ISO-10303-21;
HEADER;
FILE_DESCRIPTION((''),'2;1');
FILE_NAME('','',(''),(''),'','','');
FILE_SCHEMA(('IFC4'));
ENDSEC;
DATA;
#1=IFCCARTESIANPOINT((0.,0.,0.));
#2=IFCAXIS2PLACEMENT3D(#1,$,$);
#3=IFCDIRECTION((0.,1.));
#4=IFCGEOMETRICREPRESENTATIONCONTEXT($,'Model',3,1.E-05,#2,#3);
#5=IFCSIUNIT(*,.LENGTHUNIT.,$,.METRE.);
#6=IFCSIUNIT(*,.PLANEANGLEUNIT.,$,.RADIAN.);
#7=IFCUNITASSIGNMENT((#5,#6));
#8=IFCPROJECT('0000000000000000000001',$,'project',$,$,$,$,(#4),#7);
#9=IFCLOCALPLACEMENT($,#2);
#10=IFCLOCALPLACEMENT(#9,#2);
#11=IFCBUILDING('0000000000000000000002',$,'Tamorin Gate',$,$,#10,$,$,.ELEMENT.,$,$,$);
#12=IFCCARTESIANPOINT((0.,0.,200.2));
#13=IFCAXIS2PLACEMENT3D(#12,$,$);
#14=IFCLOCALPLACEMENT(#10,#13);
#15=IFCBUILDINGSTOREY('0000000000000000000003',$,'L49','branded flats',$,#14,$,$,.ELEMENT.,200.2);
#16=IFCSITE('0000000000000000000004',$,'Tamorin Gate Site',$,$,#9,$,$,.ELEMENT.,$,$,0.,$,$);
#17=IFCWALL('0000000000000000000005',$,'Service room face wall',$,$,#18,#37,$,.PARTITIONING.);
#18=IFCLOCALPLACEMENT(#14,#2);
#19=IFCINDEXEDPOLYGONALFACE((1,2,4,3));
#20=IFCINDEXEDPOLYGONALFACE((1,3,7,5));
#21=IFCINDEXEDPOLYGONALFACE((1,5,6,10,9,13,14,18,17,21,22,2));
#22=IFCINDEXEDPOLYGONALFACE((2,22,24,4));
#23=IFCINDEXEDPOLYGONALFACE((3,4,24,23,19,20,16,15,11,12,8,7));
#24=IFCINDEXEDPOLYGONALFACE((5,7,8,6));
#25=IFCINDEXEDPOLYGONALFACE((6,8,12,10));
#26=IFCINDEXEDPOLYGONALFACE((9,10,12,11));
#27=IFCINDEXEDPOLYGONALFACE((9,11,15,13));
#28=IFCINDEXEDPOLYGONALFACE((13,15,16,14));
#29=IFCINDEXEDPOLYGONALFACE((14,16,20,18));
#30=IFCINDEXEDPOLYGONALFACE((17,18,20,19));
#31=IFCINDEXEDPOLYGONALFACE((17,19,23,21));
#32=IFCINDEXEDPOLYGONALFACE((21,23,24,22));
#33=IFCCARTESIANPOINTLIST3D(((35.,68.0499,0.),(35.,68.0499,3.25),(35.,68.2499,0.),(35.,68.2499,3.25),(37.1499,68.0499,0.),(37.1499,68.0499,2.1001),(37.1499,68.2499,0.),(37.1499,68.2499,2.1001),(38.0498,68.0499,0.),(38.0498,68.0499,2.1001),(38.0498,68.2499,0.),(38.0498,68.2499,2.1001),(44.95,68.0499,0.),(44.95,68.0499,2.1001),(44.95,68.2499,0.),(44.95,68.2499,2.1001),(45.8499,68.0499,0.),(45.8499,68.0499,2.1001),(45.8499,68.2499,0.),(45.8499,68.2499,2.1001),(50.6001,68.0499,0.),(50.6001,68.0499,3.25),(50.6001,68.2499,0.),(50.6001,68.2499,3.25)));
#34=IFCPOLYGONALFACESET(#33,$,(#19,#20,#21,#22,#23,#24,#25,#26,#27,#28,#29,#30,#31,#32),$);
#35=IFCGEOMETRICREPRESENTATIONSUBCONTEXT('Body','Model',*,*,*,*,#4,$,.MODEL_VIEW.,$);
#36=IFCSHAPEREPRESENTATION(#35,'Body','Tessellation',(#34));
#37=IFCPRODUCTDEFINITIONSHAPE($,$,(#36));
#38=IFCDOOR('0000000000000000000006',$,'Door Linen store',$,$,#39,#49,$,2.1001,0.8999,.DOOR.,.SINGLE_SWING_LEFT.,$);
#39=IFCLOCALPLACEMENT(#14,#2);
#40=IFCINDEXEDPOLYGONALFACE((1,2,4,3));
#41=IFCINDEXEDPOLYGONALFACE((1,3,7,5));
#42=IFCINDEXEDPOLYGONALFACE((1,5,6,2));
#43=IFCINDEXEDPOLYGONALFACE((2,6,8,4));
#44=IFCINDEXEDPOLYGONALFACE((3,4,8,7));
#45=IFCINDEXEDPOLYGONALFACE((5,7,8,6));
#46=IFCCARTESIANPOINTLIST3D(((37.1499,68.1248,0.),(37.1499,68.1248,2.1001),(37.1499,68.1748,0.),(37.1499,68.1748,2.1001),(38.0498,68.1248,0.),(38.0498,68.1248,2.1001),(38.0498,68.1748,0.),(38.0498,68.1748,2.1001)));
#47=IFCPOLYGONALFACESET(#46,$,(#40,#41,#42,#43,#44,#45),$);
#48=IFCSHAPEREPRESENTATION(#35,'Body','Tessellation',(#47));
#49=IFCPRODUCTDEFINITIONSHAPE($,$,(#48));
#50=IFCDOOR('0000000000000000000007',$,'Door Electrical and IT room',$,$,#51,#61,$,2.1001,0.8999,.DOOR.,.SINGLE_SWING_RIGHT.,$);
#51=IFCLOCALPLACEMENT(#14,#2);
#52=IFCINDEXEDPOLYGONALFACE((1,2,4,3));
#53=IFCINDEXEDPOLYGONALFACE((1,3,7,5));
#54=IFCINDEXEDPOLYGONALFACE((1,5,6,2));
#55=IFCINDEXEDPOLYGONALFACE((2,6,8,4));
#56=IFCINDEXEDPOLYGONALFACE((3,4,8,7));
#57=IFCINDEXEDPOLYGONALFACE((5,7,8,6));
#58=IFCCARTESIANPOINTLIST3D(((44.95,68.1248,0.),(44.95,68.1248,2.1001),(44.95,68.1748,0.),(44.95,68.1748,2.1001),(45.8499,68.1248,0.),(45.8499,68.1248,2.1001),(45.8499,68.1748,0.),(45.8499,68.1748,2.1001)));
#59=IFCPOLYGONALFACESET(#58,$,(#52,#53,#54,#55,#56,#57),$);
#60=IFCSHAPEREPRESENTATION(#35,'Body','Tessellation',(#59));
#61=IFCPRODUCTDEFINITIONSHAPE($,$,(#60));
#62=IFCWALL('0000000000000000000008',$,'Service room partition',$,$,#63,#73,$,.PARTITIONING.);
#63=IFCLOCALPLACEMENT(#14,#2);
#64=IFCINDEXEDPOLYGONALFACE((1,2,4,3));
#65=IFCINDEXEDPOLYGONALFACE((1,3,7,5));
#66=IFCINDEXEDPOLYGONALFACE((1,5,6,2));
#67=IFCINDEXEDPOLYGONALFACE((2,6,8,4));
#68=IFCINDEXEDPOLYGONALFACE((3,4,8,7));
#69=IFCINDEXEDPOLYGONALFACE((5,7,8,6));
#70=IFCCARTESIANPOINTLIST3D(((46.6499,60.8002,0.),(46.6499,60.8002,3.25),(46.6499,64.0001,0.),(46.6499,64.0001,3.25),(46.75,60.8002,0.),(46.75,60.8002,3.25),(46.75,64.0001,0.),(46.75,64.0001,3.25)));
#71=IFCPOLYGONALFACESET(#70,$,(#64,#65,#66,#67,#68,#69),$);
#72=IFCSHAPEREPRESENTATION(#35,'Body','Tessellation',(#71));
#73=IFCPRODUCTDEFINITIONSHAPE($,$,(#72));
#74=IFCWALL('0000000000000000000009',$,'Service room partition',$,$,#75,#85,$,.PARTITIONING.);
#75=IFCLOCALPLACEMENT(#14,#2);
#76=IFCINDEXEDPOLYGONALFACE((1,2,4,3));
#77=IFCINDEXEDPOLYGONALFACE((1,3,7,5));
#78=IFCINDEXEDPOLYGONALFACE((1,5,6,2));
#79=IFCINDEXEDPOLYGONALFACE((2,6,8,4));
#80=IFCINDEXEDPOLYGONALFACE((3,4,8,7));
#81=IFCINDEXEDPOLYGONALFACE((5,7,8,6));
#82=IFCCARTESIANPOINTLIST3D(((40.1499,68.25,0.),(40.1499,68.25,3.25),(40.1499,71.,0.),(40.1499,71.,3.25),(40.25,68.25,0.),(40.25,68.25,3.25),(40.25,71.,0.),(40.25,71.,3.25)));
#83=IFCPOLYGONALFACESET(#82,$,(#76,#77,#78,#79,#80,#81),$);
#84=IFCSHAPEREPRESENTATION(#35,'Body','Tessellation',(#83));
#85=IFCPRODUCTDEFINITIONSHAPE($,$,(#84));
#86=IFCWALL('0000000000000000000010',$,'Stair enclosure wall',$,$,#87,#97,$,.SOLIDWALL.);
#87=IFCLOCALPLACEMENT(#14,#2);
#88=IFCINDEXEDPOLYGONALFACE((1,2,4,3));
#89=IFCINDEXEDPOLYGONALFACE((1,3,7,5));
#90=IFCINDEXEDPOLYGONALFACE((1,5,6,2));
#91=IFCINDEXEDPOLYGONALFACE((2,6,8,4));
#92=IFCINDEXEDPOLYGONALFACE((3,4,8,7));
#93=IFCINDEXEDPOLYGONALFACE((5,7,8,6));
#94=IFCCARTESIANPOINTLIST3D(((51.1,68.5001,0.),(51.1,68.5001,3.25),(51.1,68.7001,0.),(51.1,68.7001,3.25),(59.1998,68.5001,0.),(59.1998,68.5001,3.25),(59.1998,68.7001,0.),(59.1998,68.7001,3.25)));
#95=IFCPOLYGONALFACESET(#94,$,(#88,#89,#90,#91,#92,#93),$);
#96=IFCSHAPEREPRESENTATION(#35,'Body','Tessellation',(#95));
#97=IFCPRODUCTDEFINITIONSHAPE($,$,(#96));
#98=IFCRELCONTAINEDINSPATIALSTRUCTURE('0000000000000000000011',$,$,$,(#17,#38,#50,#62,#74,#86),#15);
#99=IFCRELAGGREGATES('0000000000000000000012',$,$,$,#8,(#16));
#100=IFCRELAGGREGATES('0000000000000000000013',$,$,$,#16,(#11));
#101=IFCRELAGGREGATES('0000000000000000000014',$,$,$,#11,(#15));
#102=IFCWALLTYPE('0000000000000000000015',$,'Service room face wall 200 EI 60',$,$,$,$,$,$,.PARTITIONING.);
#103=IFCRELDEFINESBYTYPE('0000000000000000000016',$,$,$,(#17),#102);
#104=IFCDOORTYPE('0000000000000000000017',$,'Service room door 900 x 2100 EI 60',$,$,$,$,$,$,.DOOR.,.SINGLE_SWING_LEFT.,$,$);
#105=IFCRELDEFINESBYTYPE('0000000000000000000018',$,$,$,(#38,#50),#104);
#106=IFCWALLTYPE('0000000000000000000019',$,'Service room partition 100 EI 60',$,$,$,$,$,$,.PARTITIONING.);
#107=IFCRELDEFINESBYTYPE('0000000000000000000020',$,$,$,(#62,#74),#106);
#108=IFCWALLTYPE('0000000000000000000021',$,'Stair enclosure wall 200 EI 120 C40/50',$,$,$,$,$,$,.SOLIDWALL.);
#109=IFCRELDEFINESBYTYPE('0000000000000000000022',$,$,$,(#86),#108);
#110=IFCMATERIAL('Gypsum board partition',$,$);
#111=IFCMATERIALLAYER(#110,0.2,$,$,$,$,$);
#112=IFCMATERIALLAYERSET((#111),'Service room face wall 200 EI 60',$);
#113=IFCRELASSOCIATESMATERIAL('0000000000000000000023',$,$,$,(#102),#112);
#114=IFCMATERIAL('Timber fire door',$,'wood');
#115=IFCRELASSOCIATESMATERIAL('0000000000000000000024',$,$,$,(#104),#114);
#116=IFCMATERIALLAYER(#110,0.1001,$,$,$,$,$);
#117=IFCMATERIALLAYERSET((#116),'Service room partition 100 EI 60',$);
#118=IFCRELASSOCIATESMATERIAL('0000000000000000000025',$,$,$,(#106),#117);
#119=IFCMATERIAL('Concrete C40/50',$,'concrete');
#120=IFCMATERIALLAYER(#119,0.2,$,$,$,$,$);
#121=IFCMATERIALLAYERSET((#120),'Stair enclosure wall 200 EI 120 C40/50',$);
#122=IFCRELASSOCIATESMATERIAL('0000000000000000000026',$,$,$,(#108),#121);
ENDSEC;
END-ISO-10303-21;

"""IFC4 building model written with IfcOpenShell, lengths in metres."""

from ifc_helpers import new_model, si_unit, direction, frame, frame_2d, origin, place, context, subcontext, project, spatial, rectangle, extrude, material, layer, layer_set, type_object, element, fill, save


model = new_model("IFC4")

# Units and contexts
model_context = context("Model", 3, precision=1e-05, world=origin(), true_north=direction((0.0, 1.0)))
body_context = subcontext(model_context, "Body", "Model", "MODEL_VIEW")
ifc_project = project(units=[si_unit("LENGTHUNIT", "METRE"), si_unit("PLANEANGLEUNIT", "RADIAN")], contexts=[model_context])

# Site, building, storey
site_placement = place(None, origin())
site = spatial("IfcSite", under=ifc_project, at=site_placement, Name="Tamorin Gate Site", CompositionType="ELEMENT", RefElevation=0.0)
building_placement = place(site_placement, origin())
building = spatial("IfcBuilding", under=site, at=building_placement, Name="Tamorin Gate", CompositionType="ELEMENT")
storey_placement = place(building_placement, frame((0.0, 0.0, 200.2)))
storey = spatial("IfcBuildingStorey", under=building, at=storey_placement, Name="L49", Description="branded flats", CompositionType="ELEMENT", Elevation=200.2)

# Wall, openings, doors
ifc_material_1 = material(Name="Gypsum board partition")
ifc_layer_1 = layer(ifc_material_1, 0.2)
ifc_layer_set_1 = layer_set([ifc_layer_1], Name="Service room face wall 200 EI 60")
wall_type_1 = type_object("IfcWallType", Name="Service room face wall 200 EI 60", PredefinedType="PARTITIONING", material=ifc_layer_set_1)
ifc_material_2 = material(Name="Timber fire door", Category="wood")
door_type = type_object("IfcDoorType", Name="Service room door 900 x 2100 EI 60", OperationType="SINGLE_SWING_LEFT", PredefinedType="DOOR", material=ifc_material_2)
wall_1_placement = place(storey_placement, frame((35.0, 68.1499, 0.0), z_axis=(0.0, 0.0, 1.0), x_axis=(1.0, 0.0, 0.0)))
wall_1 = element("IfcWall", 1, at=wall_1_placement, inside=storey, type_object=wall_type_1, Name="Service room face wall", PredefinedType="PARTITIONING", context=body_context, shape_type="SweptSolid", body=[
    extrude(rectangle(XDim=15.6001, YDim=0.2, at=frame_2d((7.8, 0.0))), origin(), (0.0, 0.0, 1.0), 3.25),
])
opening_1_placement = place(wall_1_placement, frame((2.1499, 0.0, 0.0)))
opening_1 = element("IfcOpeningElement", 2, at=opening_1_placement, cuts=wall_1, PredefinedType="OPENING", context=body_context, shape_type="SweptSolid", body=[
    extrude(rectangle(XDim=0.8999, YDim=2.1001, at=frame_2d((0.45, 1.05))), frame((0.0, 0.1099, 0.0), z_axis=(0.0, -1.0, 0.0), x_axis=(1.0, 0.0, 0.0)), (0.0, 0.0, 1.0), 0.22),
])
opening_2_placement = place(wall_1_placement, frame((9.95, 0.0, 0.0)))
opening_2 = element("IfcOpeningElement", 3, at=opening_2_placement, cuts=wall_1, PredefinedType="OPENING", context=body_context, shape_type="SweptSolid", body=[
    extrude(rectangle(XDim=0.8999, YDim=2.1001, at=frame_2d((0.45, 1.05))), frame((0.0, 0.1099, 0.0), z_axis=(0.0, -1.0, 0.0), x_axis=(1.0, 0.0, 0.0)), (0.0, 0.0, 1.0), 0.22),
])
door_1_placement = place(opening_1_placement, origin())
door_1 = element("IfcDoor", 4, at=door_1_placement, inside=storey, type_object=door_type, Name="Door Linen store", OperationType="SINGLE_SWING_LEFT", OverallHeight=2.1001, OverallWidth=0.8999, PredefinedType="DOOR", context=body_context, shape_type="SweptSolid", body=[
    extrude(rectangle(XDim=0.8999, YDim=2.1001, at=frame_2d((0.45, 1.05))), frame((0.0, 0.0249, 0.0), z_axis=(0.0, -1.0, 0.0), x_axis=(1.0, 0.0, 0.0)), (0.0, 0.0, 1.0), 0.05),
])
fill(opening_1, door_1)
door_2_placement = place(opening_2_placement, origin())
door_2 = element("IfcDoor", 5, at=door_2_placement, inside=storey, type_object=door_type, Name="Door Electrical and IT room", OperationType="SINGLE_SWING_RIGHT", OverallHeight=2.1001, OverallWidth=0.8999, PredefinedType="DOOR", context=body_context, shape_type="SweptSolid", body=[
    extrude(rectangle(XDim=0.8999, YDim=2.1001, at=frame_2d((0.45, 1.05))), frame((0.0, 0.0249, 0.0), z_axis=(0.0, -1.0, 0.0), x_axis=(1.0, 0.0, 0.0)), (0.0, 0.0, 1.0), 0.05),
])
fill(opening_2, door_2)

# Walls
ifc_layer_2 = layer(ifc_material_1, 0.1001)
ifc_layer_set_2 = layer_set([ifc_layer_2], Name="Service room partition 100 EI 60")
wall_type_2 = type_object("IfcWallType", Name="Service room partition 100 EI 60", PredefinedType="PARTITIONING", material=ifc_layer_set_2)
wall_2_placement = place(storey_placement, frame((46.7, 60.8, 0.0), z_axis=(0.0, 0.0, 1.0), x_axis=(0.0, 1.0, 0.0)))
element("IfcWall", 6, at=wall_2_placement, inside=storey, type_object=wall_type_2, Name="Service room partition", PredefinedType="PARTITIONING", context=body_context, shape_type="SweptSolid", body=[
    extrude(rectangle(XDim=3.2, YDim=0.1001, at=frame_2d((1.6001, 0.0))), origin(), (0.0, 0.0, 1.0), 3.25),
])
wall_3_placement = place(storey_placement, frame((40.2, 68.25, 0.0), z_axis=(0.0, 0.0, 1.0), x_axis=(0.0, 1.0, 0.0)))
element("IfcWall", 7, at=wall_3_placement, inside=storey, type_object=wall_type_2, Name="Service room partition", PredefinedType="PARTITIONING", context=body_context, shape_type="SweptSolid", body=[
    extrude(rectangle(XDim=2.75, YDim=0.1001, at=frame_2d((1.375, 0.0))), origin(), (0.0, 0.0, 1.0), 3.25),
])
ifc_material_3 = material(Name="Concrete C40/50", Category="concrete")
ifc_layer_3 = layer(ifc_material_3, 0.2)
ifc_layer_set_3 = layer_set([ifc_layer_3], Name="Stair enclosure wall 200 EI 120 C40/50")
wall_type_3 = type_object("IfcWallType", Name="Stair enclosure wall 200 EI 120 C40/50", PredefinedType="SOLIDWALL", material=ifc_layer_set_3)
wall_4_placement = place(storey_placement, frame((51.1001, 68.6001, 0.0), z_axis=(0.0, 0.0, 1.0), x_axis=(1.0, 0.0, 0.0)))
element("IfcWall", 8, at=wall_4_placement, inside=storey, type_object=wall_type_3, Name="Stair enclosure wall", PredefinedType="SOLIDWALL", context=body_context, shape_type="SweptSolid", body=[
    extrude(rectangle(XDim=8.0999, YDim=0.2, at=frame_2d((4.0498, 0.0))), origin(), (0.0, 0.0, 1.0), 3.25),
])

save(model, "model.ifc")
